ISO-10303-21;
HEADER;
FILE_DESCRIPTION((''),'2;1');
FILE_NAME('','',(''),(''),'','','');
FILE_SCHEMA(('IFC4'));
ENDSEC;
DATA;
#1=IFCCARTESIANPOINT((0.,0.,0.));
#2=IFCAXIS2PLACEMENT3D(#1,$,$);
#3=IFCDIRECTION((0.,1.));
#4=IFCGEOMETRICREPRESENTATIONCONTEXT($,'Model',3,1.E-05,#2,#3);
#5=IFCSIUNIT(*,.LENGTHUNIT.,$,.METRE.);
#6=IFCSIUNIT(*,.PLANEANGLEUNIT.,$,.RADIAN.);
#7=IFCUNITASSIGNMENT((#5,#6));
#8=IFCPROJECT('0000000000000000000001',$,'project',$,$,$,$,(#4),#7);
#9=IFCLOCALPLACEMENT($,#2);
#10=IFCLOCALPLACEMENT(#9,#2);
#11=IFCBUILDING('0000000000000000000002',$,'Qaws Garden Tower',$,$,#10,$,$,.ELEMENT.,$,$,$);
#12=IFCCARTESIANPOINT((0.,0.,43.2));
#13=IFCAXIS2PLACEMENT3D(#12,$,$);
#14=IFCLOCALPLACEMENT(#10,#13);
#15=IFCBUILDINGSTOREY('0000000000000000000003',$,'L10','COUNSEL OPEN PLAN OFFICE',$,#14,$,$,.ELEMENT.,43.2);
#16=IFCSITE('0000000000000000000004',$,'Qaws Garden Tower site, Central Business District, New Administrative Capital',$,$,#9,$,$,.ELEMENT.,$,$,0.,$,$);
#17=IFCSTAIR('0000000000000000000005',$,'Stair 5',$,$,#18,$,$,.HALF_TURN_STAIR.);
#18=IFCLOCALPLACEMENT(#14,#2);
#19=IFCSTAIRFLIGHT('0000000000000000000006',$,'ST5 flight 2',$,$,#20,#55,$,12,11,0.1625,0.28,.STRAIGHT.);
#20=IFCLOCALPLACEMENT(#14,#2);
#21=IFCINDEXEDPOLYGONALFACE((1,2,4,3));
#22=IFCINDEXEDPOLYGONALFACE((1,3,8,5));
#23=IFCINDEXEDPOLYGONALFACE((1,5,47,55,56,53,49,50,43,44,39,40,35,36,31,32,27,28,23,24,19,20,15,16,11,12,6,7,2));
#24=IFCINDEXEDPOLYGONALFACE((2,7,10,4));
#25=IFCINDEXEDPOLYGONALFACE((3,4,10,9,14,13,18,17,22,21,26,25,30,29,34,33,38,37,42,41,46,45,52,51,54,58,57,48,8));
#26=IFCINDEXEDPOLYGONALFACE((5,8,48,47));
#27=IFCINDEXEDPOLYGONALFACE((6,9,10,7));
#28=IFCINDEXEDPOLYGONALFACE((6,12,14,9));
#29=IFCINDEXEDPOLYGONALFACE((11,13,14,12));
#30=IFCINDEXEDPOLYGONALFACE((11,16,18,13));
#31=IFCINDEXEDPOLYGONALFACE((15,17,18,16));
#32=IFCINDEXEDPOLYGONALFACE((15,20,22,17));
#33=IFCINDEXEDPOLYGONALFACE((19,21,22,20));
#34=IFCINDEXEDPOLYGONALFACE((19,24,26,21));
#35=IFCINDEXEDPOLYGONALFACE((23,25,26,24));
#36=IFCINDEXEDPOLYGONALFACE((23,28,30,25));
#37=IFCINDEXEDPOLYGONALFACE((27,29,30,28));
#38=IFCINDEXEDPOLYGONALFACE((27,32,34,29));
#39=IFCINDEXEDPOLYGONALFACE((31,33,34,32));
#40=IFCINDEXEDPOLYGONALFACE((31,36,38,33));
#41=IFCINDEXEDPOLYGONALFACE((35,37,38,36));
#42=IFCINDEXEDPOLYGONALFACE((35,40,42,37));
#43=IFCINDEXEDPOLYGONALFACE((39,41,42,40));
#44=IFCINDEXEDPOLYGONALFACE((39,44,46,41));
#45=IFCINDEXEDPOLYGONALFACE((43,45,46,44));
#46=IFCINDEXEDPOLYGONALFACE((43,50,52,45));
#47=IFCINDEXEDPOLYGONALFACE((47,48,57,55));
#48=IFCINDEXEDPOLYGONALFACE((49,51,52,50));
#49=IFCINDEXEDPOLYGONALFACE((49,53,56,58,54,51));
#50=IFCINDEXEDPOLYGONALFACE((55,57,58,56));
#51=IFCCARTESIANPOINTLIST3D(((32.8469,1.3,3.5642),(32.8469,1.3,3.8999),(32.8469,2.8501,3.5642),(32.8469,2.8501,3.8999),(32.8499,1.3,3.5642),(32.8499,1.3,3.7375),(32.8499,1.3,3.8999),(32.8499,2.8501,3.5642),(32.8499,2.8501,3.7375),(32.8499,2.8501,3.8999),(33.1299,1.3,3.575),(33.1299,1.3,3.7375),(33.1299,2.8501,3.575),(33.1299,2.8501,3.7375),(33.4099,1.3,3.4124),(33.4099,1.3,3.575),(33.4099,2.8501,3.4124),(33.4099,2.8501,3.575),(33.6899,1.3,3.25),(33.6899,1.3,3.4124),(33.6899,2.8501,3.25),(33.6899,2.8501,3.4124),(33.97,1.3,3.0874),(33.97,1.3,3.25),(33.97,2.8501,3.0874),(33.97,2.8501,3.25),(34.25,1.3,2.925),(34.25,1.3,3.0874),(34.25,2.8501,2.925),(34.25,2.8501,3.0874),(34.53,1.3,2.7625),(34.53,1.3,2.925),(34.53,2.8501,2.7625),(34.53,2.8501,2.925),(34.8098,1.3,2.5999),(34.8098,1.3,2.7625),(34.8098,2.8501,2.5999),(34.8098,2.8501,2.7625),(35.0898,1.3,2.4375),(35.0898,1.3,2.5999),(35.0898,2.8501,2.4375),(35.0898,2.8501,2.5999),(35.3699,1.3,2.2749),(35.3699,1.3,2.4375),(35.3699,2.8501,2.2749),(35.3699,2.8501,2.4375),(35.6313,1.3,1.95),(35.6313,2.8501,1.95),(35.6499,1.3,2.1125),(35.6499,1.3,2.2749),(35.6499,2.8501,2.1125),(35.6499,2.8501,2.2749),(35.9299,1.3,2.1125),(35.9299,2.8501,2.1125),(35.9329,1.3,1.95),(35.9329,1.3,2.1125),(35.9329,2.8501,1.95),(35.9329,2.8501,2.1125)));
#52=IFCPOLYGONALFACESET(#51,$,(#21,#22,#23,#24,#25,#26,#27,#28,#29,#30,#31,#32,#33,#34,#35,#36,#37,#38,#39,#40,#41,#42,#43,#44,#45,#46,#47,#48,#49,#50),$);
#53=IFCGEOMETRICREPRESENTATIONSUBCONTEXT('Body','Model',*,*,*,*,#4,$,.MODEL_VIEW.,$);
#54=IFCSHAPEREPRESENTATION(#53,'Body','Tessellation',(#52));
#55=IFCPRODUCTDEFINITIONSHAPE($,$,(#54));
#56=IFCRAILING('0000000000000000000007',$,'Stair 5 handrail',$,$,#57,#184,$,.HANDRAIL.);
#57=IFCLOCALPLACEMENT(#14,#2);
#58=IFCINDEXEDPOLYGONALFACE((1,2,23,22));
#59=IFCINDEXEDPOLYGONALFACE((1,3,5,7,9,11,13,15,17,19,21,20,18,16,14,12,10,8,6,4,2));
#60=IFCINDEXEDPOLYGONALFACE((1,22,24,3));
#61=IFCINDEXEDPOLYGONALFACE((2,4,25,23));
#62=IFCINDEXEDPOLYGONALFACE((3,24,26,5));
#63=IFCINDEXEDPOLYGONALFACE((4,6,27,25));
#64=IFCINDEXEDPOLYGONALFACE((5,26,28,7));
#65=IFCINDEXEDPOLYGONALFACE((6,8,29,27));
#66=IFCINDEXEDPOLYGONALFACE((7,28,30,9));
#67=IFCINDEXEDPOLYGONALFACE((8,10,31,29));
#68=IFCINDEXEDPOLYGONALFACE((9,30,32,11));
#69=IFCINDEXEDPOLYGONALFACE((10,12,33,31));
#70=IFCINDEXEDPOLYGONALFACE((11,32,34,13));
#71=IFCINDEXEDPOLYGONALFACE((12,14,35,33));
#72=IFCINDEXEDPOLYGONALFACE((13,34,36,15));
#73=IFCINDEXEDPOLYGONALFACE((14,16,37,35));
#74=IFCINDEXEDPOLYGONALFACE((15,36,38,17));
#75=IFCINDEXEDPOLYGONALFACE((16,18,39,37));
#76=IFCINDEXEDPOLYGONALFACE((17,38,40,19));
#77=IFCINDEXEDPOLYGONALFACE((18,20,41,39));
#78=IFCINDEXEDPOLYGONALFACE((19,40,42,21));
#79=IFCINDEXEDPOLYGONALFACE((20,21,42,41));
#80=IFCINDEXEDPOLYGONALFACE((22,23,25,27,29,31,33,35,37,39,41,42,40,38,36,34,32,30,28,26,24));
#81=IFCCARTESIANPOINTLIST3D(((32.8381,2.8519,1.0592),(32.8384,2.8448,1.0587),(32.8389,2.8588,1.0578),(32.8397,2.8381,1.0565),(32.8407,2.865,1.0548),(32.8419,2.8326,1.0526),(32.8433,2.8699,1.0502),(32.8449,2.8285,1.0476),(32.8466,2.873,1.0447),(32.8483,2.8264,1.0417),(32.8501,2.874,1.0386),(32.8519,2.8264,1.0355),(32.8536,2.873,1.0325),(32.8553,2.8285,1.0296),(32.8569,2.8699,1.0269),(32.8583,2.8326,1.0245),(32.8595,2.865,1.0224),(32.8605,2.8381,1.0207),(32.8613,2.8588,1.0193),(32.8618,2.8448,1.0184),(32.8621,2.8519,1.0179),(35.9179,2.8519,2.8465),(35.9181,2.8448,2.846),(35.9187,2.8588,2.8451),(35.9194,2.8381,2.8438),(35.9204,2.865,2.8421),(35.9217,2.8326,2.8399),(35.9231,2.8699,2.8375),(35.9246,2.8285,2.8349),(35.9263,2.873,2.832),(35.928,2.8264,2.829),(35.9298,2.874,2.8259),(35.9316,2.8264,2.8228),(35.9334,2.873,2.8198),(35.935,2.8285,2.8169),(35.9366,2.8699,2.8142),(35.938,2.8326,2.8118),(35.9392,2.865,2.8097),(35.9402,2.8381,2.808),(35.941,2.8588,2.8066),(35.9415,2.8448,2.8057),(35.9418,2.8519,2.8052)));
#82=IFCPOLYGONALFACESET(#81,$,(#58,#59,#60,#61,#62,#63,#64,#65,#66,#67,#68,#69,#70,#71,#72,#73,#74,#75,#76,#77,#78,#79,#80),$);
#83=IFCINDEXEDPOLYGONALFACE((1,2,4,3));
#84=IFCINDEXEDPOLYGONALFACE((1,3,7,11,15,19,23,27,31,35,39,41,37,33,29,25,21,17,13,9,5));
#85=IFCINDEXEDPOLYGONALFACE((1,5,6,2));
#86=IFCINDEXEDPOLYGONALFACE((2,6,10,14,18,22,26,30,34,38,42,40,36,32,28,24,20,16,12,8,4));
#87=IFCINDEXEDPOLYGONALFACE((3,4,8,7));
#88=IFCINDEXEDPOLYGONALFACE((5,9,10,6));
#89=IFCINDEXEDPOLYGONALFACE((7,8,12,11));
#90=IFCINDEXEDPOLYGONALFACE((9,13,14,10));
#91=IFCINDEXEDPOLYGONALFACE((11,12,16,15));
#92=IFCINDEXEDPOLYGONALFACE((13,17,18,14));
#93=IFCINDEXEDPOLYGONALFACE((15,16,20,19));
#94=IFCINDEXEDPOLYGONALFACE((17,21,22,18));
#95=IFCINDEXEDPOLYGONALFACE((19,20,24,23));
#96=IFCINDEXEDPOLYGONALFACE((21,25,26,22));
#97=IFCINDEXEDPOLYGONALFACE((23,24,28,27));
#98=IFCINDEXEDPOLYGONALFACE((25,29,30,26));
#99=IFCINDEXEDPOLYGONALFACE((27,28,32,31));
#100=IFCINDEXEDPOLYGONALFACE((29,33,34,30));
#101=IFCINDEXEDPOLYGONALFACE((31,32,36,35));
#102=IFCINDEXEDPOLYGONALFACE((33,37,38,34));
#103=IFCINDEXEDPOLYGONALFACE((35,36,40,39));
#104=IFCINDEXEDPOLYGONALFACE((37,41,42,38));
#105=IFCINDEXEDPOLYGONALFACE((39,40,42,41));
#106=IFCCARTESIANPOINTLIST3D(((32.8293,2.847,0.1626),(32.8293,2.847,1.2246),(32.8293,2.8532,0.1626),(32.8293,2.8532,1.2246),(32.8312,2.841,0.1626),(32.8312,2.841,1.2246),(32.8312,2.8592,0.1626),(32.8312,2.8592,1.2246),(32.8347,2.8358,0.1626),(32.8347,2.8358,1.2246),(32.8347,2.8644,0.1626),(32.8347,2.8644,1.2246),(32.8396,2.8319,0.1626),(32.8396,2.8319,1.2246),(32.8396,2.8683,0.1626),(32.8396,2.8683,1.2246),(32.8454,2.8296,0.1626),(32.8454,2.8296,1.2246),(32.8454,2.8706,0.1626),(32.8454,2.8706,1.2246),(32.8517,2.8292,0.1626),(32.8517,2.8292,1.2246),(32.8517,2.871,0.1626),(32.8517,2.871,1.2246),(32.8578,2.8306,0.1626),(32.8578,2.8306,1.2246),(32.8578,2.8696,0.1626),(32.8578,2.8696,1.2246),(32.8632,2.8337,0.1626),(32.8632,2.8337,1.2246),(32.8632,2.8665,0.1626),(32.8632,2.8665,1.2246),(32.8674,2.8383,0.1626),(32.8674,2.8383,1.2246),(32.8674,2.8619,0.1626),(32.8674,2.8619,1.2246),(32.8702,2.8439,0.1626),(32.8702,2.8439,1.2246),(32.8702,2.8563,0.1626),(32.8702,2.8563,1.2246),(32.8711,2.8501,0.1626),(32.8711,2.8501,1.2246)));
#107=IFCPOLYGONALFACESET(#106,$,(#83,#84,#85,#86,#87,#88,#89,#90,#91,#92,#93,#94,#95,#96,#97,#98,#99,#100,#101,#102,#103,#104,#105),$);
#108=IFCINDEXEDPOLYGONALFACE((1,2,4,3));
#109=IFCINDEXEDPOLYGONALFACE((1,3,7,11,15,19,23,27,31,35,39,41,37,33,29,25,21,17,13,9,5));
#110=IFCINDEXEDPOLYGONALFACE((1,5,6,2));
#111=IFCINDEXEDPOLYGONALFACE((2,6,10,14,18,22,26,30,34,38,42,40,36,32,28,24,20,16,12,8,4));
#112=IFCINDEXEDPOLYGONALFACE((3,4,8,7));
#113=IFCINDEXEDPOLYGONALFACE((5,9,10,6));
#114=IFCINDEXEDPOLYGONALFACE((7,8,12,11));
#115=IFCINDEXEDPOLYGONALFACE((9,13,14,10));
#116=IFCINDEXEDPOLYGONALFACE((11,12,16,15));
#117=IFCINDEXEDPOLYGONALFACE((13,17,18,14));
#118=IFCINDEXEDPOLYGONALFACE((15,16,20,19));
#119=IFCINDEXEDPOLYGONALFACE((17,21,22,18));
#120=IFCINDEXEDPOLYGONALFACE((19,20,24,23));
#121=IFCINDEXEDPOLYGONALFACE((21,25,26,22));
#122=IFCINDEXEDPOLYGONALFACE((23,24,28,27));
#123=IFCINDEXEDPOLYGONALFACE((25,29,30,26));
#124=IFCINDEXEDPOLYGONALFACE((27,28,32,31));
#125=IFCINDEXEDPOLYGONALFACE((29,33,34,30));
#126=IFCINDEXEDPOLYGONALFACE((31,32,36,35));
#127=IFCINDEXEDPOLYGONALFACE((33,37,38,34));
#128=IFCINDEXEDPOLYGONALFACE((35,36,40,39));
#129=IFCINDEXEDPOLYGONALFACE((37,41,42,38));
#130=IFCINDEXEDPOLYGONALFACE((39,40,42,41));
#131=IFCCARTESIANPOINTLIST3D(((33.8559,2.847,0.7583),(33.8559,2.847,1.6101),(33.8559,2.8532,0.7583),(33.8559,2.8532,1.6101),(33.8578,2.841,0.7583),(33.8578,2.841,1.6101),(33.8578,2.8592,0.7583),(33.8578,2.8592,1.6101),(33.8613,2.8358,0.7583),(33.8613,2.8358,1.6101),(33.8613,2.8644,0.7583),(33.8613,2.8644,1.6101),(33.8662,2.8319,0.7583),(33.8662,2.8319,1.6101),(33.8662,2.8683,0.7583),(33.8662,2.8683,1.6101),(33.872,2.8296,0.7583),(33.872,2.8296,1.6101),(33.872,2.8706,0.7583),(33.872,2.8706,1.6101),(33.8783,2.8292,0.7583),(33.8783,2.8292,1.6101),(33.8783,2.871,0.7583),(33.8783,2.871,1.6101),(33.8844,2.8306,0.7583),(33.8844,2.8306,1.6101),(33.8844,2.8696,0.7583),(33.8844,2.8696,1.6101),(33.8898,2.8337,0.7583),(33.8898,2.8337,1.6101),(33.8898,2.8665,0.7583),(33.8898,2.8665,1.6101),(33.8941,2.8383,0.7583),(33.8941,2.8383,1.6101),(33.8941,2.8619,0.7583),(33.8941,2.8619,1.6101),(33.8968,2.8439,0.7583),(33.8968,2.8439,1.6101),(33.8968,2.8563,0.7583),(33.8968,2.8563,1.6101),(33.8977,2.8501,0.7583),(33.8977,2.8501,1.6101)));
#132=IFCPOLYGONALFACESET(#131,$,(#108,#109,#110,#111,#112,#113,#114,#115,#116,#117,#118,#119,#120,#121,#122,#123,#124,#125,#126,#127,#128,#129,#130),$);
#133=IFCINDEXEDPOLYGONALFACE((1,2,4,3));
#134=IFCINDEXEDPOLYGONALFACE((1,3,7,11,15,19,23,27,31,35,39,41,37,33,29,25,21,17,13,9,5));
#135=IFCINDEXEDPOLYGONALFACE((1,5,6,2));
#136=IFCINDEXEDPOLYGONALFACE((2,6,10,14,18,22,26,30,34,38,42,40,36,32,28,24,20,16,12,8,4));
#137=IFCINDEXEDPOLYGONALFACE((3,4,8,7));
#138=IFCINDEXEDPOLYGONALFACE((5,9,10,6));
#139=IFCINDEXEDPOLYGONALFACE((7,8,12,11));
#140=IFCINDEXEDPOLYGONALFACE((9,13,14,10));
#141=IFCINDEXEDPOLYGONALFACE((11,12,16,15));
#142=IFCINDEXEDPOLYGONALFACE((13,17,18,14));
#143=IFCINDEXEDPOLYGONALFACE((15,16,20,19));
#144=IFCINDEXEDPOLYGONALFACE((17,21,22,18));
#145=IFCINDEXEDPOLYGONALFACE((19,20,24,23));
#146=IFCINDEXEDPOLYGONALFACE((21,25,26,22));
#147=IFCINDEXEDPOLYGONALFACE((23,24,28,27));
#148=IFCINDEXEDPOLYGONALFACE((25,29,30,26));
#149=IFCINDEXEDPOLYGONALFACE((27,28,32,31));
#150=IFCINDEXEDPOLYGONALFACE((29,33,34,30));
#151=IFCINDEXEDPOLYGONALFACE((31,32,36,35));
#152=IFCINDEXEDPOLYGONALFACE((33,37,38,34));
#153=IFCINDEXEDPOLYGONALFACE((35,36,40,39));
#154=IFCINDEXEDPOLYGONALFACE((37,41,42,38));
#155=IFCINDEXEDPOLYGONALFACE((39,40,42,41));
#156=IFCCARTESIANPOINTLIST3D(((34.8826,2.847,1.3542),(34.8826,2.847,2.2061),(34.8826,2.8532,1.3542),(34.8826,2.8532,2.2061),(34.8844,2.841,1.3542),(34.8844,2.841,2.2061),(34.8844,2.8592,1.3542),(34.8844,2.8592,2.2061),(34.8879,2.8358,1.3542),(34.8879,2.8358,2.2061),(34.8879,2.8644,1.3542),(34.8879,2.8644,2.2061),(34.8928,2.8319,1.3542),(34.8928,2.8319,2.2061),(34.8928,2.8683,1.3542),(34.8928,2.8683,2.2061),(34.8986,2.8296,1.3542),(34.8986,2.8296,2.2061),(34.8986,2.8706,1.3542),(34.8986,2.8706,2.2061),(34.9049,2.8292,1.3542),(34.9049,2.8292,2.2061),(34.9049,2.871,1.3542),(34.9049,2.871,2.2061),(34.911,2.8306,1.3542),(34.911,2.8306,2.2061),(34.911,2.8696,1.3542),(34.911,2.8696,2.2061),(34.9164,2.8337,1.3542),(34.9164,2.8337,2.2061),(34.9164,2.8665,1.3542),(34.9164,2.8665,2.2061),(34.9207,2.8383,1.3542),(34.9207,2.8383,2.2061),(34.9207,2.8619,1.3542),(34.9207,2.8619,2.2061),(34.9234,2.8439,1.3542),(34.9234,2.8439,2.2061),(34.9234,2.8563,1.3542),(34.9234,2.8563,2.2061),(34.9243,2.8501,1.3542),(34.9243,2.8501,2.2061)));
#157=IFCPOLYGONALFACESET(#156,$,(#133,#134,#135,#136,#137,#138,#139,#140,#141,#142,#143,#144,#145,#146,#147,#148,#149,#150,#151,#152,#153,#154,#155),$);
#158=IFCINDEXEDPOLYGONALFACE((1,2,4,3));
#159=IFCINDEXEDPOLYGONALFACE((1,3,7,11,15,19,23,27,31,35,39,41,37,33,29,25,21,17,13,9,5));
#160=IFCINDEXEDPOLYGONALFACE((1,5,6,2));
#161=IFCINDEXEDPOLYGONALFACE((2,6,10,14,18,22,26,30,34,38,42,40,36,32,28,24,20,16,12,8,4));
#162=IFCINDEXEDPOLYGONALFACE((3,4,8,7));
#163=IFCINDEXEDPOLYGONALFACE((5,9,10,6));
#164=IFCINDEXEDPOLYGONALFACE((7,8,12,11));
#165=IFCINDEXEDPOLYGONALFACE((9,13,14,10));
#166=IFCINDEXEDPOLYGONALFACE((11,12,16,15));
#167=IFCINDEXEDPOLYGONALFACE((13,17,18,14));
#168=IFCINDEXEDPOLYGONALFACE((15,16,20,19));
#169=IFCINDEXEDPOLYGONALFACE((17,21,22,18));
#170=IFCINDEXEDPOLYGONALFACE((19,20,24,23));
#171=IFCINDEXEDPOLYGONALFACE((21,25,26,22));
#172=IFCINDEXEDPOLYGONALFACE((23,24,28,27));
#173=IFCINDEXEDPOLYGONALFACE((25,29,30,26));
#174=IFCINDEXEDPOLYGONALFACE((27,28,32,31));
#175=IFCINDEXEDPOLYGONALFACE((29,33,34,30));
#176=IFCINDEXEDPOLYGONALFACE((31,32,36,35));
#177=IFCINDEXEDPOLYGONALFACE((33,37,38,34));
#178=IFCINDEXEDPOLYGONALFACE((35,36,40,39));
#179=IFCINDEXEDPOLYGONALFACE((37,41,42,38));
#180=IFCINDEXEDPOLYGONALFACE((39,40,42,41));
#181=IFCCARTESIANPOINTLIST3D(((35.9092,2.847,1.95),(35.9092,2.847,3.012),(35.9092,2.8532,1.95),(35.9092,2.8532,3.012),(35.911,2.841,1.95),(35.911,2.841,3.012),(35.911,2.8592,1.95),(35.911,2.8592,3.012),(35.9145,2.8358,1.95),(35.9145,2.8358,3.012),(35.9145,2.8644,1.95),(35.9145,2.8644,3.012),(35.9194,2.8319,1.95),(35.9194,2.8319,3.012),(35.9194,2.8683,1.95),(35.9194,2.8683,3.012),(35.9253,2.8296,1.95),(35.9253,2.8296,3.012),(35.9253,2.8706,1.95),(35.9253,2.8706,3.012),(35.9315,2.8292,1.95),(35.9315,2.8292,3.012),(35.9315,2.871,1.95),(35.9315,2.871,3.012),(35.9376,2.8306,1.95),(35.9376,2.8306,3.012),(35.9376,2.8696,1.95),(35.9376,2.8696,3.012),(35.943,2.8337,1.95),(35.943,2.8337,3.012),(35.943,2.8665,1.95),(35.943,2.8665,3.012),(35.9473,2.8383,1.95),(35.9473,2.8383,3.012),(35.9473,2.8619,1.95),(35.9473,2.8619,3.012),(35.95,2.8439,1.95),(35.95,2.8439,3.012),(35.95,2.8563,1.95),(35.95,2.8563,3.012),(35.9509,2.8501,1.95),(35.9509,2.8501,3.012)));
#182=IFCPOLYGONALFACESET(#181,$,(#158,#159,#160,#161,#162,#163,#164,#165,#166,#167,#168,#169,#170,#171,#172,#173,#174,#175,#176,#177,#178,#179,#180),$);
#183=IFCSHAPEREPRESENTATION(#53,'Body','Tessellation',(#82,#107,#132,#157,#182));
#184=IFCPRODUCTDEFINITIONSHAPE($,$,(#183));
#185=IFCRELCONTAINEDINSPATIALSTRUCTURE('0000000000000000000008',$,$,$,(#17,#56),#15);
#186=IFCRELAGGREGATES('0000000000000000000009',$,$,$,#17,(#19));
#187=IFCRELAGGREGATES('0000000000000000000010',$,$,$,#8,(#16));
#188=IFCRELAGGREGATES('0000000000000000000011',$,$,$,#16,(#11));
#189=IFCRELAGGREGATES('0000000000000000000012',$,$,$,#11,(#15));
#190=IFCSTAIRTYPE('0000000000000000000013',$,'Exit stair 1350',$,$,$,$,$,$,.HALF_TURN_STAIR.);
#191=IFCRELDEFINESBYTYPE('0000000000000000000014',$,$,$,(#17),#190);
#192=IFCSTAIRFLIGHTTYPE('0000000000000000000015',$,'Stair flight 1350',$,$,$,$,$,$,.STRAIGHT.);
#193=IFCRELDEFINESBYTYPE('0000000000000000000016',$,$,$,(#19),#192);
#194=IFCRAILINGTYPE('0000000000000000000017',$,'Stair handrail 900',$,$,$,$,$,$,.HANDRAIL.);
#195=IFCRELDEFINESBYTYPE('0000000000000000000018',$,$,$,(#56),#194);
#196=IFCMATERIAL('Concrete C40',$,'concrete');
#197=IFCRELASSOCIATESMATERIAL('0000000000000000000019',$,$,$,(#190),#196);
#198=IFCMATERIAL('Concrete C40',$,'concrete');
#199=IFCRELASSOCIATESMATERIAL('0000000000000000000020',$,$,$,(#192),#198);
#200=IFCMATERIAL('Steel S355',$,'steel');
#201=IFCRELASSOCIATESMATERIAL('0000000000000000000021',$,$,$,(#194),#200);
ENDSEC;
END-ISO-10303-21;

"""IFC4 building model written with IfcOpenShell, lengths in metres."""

from ifc_helpers import new_model, si_unit, direction, frame, origin, origin_2d, place, context, subcontext, project, spatial, polyline, circle, outline, extrude, material, type_object, element, aggregate, save


model = new_model("IFC4")

# Units and contexts
model_context = context("Model", 3, precision=1e-05, world=origin(), true_north=direction((0.0, 1.0)))
body_context = subcontext(model_context, "Body", "Model", "MODEL_VIEW")
ifc_project = project(units=[si_unit("LENGTHUNIT", "METRE"), si_unit("PLANEANGLEUNIT", "RADIAN")], contexts=[model_context])

# Site, building, storey
site_placement = place(None, origin())
site = spatial("IfcSite", under=ifc_project, at=site_placement, Name="Qaws Garden Tower site, Central Business District, New Administrative Capital", CompositionType="ELEMENT", RefElevation=0.0)
building_placement = place(site_placement, origin())
building = spatial("IfcBuilding", under=site, at=building_placement, Name="Qaws Garden Tower", CompositionType="ELEMENT")
storey_placement = place(building_placement, frame((0.0, 0.0, 43.2)))
storey = spatial("IfcBuildingStorey", under=building, at=storey_placement, Name="L10", Description="COUNSEL OPEN PLAN OFFICE", CompositionType="ELEMENT", Elevation=43.2)

# Stair, stair flight
ifc_material_1 = material(Name="Concrete C40", Category="concrete")
stair_type = type_object("IfcStairType", Name="Exit stair 1350", PredefinedType="HALF_TURN_STAIR", material=ifc_material_1)
stair_placement = place(storey_placement, origin())
stair = element("IfcStair", 1, at=stair_placement, inside=storey, type_object=stair_type, Name="Stair 5", PredefinedType="HALF_TURN_STAIR")
ifc_material_2 = material(Name="Concrete C40", Category="concrete")
stair_flight_type = type_object("IfcStairFlightType", Name="Stair flight 1350", PredefinedType="STRAIGHT", material=ifc_material_2)
stair_flight_1_placement = place(storey_placement, frame((35.9299, 2.075, 1.95), z_axis=(0.0, 0.0, 1.0), x_axis=(-1.0, 0.0, 0.0)))
stair_flight_1 = element("IfcStairFlight", 2, at=stair_flight_1_placement, type_object=stair_flight_type, Name="ST5 flight 2", NumberOfRisers=12, NumberOfTreads=11, PredefinedType="STRAIGHT", RiserHeight=0.1625, TreadLength=0.28, context=body_context, shape_type="SweptSolid", body=[
    extrude(outline(polyline([(-0.0029, 0.0), (-0.0029, 0.1626), (0.0, 0.1626), (0.28, 0.1626), (0.28, 0.325), (0.5601, 0.325), (0.5601, 0.4875), (0.8401, 0.4875), (0.8401, 0.6499), (1.1201, 0.6499), (1.1201, 0.8125), (1.3999, 0.8125), (1.3999, 0.9751), (1.6799, 0.9751), (1.6799, 1.1375), (1.96, 1.1375), (1.96, 1.3), (2.24, 1.3), (2.24, 1.4624), (2.52, 1.4624), (2.52, 1.625), (2.8, 1.625), (2.8, 1.7876), (3.0801, 1.7876), (3.0801, 1.95), (3.083, 1.95), (3.083, 1.6143), (3.0801, 1.6143), (0.2986, 0.0), (-0.0029, 0.0)])), frame((0.0, 0.7749, 0.0), z_axis=(0.0, -1.0, 0.0), x_axis=(1.0, 0.0, 0.0)), (0.0, 0.0, 1.0), 1.55),
])
aggregate(stair, [stair_flight_1])

# Railing
ifc_material_3 = material(Name="Steel S355", Category="steel")
railing_type = type_object("IfcRailingType", Name="Stair handrail 900", PredefinedType="HANDRAIL", material=ifc_material_3)
railing_1_placement = place(storey_placement, frame((32.8501, 2.8501, 0.1626)))
element("IfcRailing", 3, at=railing_1_placement, inside=storey, type_object=railing_type, Name="Stair 5 handrail", PredefinedType="HANDRAIL", context=body_context, shape_type="SweptSolid", body=[
    extrude(circle(Radius=0.0239, at=origin_2d()), frame((0.0, 0.0, 0.876), z_axis=(0.864903, 0.0, 0.501939), x_axis=(0.0, 1.0, 0.0)), (0.0, 0.0, 1.0), 3.5608),
    extrude(circle(Radius=0.021, at=origin_2d()), origin(), (0.0, 0.0, 1.0), 1.062),
    extrude(circle(Radius=0.021, at=origin_2d()), frame((1.0266, 0.0, 0.5957)), (0.0, 0.0, 1.0), 0.8518),
    extrude(circle(Radius=0.021, at=origin_2d()), frame((2.0532, 0.0, 1.1917)), (0.0, 0.0, 1.0), 0.8518),
    extrude(circle(Radius=0.021, at=origin_2d()), frame((3.0798, 0.0, 1.7874)), (0.0, 0.0, 1.0), 1.062),
])

save(model, "model.ifc")
